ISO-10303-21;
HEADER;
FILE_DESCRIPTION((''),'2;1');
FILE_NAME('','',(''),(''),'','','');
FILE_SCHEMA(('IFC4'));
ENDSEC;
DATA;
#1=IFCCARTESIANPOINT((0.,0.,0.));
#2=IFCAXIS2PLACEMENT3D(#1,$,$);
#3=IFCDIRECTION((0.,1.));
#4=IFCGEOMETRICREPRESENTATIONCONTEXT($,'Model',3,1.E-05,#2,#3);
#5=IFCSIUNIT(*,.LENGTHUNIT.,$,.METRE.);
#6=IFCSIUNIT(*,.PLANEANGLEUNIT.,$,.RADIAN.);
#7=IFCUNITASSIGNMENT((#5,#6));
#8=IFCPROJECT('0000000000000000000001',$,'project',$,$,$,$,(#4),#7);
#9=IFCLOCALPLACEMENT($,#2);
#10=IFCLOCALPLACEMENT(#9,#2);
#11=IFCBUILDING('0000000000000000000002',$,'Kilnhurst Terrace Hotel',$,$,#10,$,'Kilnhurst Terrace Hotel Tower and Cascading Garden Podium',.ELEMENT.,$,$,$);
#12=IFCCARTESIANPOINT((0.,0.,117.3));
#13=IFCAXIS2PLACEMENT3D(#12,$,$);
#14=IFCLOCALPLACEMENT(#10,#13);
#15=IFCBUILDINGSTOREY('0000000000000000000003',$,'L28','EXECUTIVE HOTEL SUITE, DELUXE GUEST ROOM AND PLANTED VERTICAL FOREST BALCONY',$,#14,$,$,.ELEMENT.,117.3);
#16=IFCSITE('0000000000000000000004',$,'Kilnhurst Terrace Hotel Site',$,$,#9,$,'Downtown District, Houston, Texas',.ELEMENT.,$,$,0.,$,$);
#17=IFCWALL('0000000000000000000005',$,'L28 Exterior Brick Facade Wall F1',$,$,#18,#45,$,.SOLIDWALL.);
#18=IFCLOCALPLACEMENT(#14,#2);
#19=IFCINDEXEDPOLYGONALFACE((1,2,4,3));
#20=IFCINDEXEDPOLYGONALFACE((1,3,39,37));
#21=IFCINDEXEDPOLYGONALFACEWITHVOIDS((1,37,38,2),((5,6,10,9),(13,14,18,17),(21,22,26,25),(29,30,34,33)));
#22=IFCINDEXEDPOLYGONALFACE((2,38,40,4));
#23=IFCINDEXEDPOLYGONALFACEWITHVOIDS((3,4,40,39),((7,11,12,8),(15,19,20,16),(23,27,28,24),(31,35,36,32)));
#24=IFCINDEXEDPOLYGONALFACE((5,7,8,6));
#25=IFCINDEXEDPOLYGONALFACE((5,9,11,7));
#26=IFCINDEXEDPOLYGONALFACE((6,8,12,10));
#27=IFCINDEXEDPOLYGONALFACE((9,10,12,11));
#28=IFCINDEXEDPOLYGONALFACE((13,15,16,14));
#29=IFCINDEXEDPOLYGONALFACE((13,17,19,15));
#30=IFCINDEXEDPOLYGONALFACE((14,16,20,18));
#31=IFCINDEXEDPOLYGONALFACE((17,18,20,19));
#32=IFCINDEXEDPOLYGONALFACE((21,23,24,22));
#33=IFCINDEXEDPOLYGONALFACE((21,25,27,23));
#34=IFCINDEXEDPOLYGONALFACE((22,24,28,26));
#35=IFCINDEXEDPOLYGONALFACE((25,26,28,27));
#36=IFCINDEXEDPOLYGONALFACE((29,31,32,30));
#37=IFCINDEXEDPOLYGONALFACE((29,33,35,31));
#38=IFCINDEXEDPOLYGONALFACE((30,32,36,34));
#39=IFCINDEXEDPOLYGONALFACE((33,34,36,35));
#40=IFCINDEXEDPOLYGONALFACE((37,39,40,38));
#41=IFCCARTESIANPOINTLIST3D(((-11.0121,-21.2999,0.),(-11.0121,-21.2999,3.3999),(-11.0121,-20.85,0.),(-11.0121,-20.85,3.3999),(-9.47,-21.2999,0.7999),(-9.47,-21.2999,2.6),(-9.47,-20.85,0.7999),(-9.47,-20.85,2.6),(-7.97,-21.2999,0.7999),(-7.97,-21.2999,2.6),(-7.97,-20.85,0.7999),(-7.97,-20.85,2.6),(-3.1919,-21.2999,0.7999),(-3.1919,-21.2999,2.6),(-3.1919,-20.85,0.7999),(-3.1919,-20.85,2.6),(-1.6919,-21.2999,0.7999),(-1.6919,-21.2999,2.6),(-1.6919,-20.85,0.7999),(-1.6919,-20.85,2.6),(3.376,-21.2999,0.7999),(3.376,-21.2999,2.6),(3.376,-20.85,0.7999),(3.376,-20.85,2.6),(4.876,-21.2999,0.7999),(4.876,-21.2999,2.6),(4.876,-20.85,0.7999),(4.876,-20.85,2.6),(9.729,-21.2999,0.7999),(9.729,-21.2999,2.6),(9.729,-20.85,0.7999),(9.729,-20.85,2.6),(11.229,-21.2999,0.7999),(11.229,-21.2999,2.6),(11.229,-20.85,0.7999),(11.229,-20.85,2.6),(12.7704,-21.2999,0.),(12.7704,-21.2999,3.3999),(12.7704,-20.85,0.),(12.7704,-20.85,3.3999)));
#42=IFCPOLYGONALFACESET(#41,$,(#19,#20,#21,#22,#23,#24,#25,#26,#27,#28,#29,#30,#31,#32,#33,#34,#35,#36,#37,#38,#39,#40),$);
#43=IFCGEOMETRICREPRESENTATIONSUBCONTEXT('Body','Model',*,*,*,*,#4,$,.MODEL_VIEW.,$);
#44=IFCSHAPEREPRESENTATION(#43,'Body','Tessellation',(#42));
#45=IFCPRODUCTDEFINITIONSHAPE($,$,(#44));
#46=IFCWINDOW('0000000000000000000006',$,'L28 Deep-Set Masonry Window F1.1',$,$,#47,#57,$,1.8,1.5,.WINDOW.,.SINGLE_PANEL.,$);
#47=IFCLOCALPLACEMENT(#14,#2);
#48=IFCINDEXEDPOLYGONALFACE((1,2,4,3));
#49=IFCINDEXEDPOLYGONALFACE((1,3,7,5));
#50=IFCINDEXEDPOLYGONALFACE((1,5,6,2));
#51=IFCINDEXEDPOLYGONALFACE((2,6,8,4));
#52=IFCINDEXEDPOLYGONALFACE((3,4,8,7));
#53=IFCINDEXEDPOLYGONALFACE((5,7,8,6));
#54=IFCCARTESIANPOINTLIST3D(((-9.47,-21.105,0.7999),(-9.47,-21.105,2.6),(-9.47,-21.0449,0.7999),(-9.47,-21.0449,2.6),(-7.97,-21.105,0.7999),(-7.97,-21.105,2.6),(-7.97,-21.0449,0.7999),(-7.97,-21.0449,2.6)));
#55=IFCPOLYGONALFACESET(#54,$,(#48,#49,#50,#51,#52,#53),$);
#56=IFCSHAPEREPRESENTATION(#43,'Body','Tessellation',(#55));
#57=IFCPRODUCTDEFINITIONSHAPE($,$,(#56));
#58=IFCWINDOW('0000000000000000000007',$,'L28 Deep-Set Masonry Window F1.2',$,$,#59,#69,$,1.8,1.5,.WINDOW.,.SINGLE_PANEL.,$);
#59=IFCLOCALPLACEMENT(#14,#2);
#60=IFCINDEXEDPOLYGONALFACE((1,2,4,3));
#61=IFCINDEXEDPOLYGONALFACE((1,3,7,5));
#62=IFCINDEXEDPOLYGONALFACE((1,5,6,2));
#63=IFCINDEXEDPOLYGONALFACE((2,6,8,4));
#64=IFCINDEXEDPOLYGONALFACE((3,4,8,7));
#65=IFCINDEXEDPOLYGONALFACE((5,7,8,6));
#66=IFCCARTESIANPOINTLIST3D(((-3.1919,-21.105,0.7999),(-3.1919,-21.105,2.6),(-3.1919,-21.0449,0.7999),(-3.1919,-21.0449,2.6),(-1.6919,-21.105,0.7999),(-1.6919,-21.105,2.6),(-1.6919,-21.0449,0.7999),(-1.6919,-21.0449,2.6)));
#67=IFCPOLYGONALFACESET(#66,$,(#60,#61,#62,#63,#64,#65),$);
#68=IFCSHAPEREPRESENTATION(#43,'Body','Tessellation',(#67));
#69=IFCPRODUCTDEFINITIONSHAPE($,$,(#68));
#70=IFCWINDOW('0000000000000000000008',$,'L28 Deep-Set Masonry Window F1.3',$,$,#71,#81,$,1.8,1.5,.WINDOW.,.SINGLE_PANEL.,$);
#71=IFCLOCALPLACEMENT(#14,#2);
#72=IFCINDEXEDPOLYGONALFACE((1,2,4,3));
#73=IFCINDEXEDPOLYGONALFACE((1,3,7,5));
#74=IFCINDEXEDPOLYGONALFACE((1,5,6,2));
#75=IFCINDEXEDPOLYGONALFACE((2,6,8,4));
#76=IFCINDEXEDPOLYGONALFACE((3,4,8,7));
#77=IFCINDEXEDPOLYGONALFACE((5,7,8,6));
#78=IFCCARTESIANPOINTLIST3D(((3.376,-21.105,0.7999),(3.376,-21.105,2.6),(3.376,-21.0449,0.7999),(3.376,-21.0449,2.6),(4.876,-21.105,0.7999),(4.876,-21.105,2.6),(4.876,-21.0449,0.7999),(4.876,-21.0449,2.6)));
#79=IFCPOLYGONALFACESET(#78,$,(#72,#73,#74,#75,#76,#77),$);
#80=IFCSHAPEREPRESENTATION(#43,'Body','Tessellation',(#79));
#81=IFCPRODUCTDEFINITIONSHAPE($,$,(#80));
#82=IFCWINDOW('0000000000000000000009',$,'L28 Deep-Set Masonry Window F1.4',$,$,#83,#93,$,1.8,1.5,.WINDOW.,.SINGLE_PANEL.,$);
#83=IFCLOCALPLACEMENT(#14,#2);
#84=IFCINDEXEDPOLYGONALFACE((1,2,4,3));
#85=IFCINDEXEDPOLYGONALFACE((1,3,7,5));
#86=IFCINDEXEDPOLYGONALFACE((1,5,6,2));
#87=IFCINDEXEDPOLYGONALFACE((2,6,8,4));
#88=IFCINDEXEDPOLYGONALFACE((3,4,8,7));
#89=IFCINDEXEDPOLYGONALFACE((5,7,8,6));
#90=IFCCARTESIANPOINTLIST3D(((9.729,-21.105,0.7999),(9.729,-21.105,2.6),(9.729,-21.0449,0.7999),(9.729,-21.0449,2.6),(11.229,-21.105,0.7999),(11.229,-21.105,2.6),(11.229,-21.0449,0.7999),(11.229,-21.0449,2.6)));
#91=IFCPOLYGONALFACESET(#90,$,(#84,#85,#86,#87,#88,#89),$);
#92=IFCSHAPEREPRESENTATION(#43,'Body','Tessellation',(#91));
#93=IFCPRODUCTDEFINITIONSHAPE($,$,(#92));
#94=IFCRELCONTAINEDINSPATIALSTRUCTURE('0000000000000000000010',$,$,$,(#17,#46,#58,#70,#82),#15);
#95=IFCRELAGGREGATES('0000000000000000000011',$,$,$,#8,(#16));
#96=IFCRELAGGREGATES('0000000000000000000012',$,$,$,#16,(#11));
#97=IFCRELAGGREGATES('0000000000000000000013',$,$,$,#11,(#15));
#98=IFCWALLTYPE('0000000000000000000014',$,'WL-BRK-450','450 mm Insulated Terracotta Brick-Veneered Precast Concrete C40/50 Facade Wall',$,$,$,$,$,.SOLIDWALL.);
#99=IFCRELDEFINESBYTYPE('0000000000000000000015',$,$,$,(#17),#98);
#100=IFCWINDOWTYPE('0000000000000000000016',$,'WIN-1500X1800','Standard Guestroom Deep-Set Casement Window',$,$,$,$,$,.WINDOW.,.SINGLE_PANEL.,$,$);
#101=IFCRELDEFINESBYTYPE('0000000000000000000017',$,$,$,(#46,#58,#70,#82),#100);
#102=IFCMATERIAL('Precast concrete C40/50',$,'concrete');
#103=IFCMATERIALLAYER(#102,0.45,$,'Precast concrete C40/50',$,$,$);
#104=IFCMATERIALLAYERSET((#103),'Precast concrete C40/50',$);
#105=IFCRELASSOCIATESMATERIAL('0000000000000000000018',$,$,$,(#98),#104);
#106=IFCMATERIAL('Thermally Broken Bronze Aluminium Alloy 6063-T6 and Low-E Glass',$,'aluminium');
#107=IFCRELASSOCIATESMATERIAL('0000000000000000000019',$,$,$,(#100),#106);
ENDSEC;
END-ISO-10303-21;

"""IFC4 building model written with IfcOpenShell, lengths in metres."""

from ifc_helpers import new_model, si_unit, direction, frame, frame_2d, origin, place, context, subcontext, project, spatial, rectangle, extrude, material, layer, layer_set, type_object, element, fill, save


model = new_model("IFC4")

# Units and contexts
model_context = context("Model", 3, precision=1e-05, world=origin(), true_north=direction((0.0, 1.0)))
body_context = subcontext(model_context, "Body", "Model", "MODEL_VIEW")
ifc_project = project(units=[si_unit("LENGTHUNIT", "METRE"), si_unit("PLANEANGLEUNIT", "RADIAN")], contexts=[model_context])

# Site, building, storey
site_placement = place(None, origin())
site = spatial("IfcSite", under=ifc_project, at=site_placement, Name="Kilnhurst Terrace Hotel Site", LongName="Downtown District, Houston, Texas", CompositionType="ELEMENT", RefElevation=0.0)
building_placement = place(site_placement, origin())
building = spatial("IfcBuilding", under=site, at=building_placement, Name="Kilnhurst Terrace Hotel", LongName="Kilnhurst Terrace Hotel Tower and Cascading Garden Podium", CompositionType="ELEMENT")
storey_placement = place(building_placement, frame((0.0, 0.0, 117.3)))
storey = spatial("IfcBuildingStorey", under=building, at=storey_placement, Name="L28", Description="EXECUTIVE HOTEL SUITE, DELUXE GUEST ROOM AND PLANTED VERTICAL FOREST BALCONY", CompositionType="ELEMENT", Elevation=117.3)

# Shared definitions
ifc_material_1 = material(Name="Precast concrete C40/50", Category="concrete")
ifc_layer_1 = layer(ifc_material_1, 0.45, Name="Precast concrete C40/50")
ifc_layer_set_1 = layer_set([ifc_layer_1], Name="Precast concrete C40/50")
wall_type_1 = type_object("IfcWallType", Name="WL-BRK-450", Description="450 mm Insulated Terracotta Brick-Veneered Precast Concrete C40/50 Facade Wall", PredefinedType="SOLIDWALL", material=ifc_layer_set_1)

# Wall, openings, windows
wall_1_placement = place(storey_placement, frame((-11.012, -21.075, 0.0), z_axis=(0.0, 0.0, 1.0), x_axis=(1.0, 0.0, 0.0)))
wall_1 = element("IfcWall", 1, at=wall_1_placement, inside=storey, type_object=wall_type_1, Name="L28 Exterior Brick Facade Wall F1", PredefinedType="SOLIDWALL", context=body_context, shape_type="SweptSolid", body=[
    extrude(rectangle(XDim=23.7825, YDim=0.45, at=frame_2d((11.8911, 0.0))), origin(), (0.0, 0.0, 1.0), 3.3999),
])
opening_1_placement = place(wall_1_placement, frame((1.542, 0.0, 0.8)))
opening_1 = element("IfcOpeningElement", 2, at=opening_1_placement, cuts=wall_1, PredefinedType="OPENING", context=body_context, shape_type="SweptSolid", body=[
    extrude(rectangle(XDim=1.5, YDim=1.8, at=frame_2d((0.75, 0.8999))), frame((0.0, 0.2349, 0.0), z_axis=(0.0, -1.0, 0.0), x_axis=(1.0, 0.0, 0.0)), (0.0, 0.0, 1.0), 0.47),
])
opening_2_placement = place(wall_1_placement, frame((7.8201, 0.0, 0.8)))
opening_2 = element("IfcOpeningElement", 3, at=opening_2_placement, cuts=wall_1, PredefinedType="OPENING", context=body_context, shape_type="SweptSolid", body=[
    extrude(rectangle(XDim=1.5, YDim=1.8, at=frame_2d((0.75, 0.8999))), frame((0.0, 0.2349, 0.0), z_axis=(0.0, -1.0, 0.0), x_axis=(1.0, 0.0, 0.0)), (0.0, 0.0, 1.0), 0.47),
])
opening_3_placement = place(wall_1_placement, frame((14.3879, 0.0, 0.8)))
opening_3 = element("IfcOpeningElement", 4, at=opening_3_placement, cuts=wall_1, PredefinedType="OPENING", context=body_context, shape_type="SweptSolid", body=[
    extrude(rectangle(XDim=1.5, YDim=1.8, at=frame_2d((0.75, 0.8999))), frame((0.0, 0.2349, 0.0), z_axis=(0.0, -1.0, 0.0), x_axis=(1.0, 0.0, 0.0)), (0.0, 0.0, 1.0), 0.47),
])
opening_4_placement = place(wall_1_placement, frame((20.741, 0.0, 0.8)))
opening_4 = element("IfcOpeningElement", 5, at=opening_4_placement, cuts=wall_1, PredefinedType="OPENING", context=body_context, shape_type="SweptSolid", body=[
    extrude(rectangle(XDim=1.5, YDim=1.8, at=frame_2d((0.75, 0.8999))), frame((0.0, 0.2349, 0.0), z_axis=(0.0, -1.0, 0.0), x_axis=(1.0, 0.0, 0.0)), (0.0, 0.0, 1.0), 0.47),
])
ifc_material_2 = material(Name="Thermally Broken Bronze Aluminium Alloy 6063-T6 and Low-E Glass", Category="aluminium")
window_type = type_object("IfcWindowType", Name="WIN-1500X1800", Description="Standard Guestroom Deep-Set Casement Window", PartitioningType="SINGLE_PANEL", PredefinedType="WINDOW", material=ifc_material_2)
window_1_placement = place(opening_1_placement, origin())
window_1 = element("IfcWindow", 6, at=window_1_placement, inside=storey, type_object=window_type, Name="L28 Deep-Set Masonry Window F1.1", OverallHeight=1.8, OverallWidth=1.5, PartitioningType="SINGLE_PANEL", PredefinedType="WINDOW", context=body_context, shape_type="SweptSolid", body=[
    extrude(rectangle(XDim=1.5, YDim=1.8, at=frame_2d((0.75, 0.8999))), frame((0.0, 0.03, 0.0), z_axis=(0.0, -1.0, 0.0), x_axis=(1.0, 0.0, 0.0)), (0.0, 0.0, 1.0), 0.0601),
])
fill(opening_1, window_1)
window_2_placement = place(opening_2_placement, origin())
window_2 = element("IfcWindow", 7, at=window_2_placement, inside=storey, type_object=window_type, Name="L28 Deep-Set Masonry Window F1.2", OverallHeight=1.8, OverallWidth=1.5, PartitioningType="SINGLE_PANEL", PredefinedType="WINDOW", context=body_context, shape_type="SweptSolid", body=[
    extrude(rectangle(XDim=1.5, YDim=1.8, at=frame_2d((0.75, 0.8999))), frame((0.0, 0.03, 0.0), z_axis=(0.0, -1.0, 0.0), x_axis=(1.0, 0.0, 0.0)), (0.0, 0.0, 1.0), 0.0601),
])
fill(opening_2, window_2)
window_3_placement = place(opening_3_placement, origin())
window_3 = element("IfcWindow", 8, at=window_3_placement, inside=storey, type_object=window_type, Name="L28 Deep-Set Masonry Window F1.3", OverallHeight=1.8, OverallWidth=1.5, PartitioningType="SINGLE_PANEL", PredefinedType="WINDOW", context=body_context, shape_type="SweptSolid", body=[
    extrude(rectangle(XDim=1.5, YDim=1.8, at=frame_2d((0.75, 0.8999))), frame((0.0, 0.03, 0.0), z_axis=(0.0, -1.0, 0.0), x_axis=(1.0, 0.0, 0.0)), (0.0, 0.0, 1.0), 0.0601),
])
fill(opening_3, window_3)
window_4_placement = place(opening_4_placement, origin())
window_4 = element("IfcWindow", 9, at=window_4_placement, inside=storey, type_object=window_type, Name="L28 Deep-Set Masonry Window F1.4", OverallHeight=1.8, OverallWidth=1.5, PartitioningType="SINGLE_PANEL", PredefinedType="WINDOW", context=body_context, shape_type="SweptSolid", body=[
    extrude(rectangle(XDim=1.5, YDim=1.8, at=frame_2d((0.75, 0.8999))), frame((0.0, 0.03, 0.0), z_axis=(0.0, -1.0, 0.0), x_axis=(1.0, 0.0, 0.0)), (0.0, 0.0, 1.0), 0.0601),
])
fill(opening_4, window_4)

save(model, "model.ifc")
